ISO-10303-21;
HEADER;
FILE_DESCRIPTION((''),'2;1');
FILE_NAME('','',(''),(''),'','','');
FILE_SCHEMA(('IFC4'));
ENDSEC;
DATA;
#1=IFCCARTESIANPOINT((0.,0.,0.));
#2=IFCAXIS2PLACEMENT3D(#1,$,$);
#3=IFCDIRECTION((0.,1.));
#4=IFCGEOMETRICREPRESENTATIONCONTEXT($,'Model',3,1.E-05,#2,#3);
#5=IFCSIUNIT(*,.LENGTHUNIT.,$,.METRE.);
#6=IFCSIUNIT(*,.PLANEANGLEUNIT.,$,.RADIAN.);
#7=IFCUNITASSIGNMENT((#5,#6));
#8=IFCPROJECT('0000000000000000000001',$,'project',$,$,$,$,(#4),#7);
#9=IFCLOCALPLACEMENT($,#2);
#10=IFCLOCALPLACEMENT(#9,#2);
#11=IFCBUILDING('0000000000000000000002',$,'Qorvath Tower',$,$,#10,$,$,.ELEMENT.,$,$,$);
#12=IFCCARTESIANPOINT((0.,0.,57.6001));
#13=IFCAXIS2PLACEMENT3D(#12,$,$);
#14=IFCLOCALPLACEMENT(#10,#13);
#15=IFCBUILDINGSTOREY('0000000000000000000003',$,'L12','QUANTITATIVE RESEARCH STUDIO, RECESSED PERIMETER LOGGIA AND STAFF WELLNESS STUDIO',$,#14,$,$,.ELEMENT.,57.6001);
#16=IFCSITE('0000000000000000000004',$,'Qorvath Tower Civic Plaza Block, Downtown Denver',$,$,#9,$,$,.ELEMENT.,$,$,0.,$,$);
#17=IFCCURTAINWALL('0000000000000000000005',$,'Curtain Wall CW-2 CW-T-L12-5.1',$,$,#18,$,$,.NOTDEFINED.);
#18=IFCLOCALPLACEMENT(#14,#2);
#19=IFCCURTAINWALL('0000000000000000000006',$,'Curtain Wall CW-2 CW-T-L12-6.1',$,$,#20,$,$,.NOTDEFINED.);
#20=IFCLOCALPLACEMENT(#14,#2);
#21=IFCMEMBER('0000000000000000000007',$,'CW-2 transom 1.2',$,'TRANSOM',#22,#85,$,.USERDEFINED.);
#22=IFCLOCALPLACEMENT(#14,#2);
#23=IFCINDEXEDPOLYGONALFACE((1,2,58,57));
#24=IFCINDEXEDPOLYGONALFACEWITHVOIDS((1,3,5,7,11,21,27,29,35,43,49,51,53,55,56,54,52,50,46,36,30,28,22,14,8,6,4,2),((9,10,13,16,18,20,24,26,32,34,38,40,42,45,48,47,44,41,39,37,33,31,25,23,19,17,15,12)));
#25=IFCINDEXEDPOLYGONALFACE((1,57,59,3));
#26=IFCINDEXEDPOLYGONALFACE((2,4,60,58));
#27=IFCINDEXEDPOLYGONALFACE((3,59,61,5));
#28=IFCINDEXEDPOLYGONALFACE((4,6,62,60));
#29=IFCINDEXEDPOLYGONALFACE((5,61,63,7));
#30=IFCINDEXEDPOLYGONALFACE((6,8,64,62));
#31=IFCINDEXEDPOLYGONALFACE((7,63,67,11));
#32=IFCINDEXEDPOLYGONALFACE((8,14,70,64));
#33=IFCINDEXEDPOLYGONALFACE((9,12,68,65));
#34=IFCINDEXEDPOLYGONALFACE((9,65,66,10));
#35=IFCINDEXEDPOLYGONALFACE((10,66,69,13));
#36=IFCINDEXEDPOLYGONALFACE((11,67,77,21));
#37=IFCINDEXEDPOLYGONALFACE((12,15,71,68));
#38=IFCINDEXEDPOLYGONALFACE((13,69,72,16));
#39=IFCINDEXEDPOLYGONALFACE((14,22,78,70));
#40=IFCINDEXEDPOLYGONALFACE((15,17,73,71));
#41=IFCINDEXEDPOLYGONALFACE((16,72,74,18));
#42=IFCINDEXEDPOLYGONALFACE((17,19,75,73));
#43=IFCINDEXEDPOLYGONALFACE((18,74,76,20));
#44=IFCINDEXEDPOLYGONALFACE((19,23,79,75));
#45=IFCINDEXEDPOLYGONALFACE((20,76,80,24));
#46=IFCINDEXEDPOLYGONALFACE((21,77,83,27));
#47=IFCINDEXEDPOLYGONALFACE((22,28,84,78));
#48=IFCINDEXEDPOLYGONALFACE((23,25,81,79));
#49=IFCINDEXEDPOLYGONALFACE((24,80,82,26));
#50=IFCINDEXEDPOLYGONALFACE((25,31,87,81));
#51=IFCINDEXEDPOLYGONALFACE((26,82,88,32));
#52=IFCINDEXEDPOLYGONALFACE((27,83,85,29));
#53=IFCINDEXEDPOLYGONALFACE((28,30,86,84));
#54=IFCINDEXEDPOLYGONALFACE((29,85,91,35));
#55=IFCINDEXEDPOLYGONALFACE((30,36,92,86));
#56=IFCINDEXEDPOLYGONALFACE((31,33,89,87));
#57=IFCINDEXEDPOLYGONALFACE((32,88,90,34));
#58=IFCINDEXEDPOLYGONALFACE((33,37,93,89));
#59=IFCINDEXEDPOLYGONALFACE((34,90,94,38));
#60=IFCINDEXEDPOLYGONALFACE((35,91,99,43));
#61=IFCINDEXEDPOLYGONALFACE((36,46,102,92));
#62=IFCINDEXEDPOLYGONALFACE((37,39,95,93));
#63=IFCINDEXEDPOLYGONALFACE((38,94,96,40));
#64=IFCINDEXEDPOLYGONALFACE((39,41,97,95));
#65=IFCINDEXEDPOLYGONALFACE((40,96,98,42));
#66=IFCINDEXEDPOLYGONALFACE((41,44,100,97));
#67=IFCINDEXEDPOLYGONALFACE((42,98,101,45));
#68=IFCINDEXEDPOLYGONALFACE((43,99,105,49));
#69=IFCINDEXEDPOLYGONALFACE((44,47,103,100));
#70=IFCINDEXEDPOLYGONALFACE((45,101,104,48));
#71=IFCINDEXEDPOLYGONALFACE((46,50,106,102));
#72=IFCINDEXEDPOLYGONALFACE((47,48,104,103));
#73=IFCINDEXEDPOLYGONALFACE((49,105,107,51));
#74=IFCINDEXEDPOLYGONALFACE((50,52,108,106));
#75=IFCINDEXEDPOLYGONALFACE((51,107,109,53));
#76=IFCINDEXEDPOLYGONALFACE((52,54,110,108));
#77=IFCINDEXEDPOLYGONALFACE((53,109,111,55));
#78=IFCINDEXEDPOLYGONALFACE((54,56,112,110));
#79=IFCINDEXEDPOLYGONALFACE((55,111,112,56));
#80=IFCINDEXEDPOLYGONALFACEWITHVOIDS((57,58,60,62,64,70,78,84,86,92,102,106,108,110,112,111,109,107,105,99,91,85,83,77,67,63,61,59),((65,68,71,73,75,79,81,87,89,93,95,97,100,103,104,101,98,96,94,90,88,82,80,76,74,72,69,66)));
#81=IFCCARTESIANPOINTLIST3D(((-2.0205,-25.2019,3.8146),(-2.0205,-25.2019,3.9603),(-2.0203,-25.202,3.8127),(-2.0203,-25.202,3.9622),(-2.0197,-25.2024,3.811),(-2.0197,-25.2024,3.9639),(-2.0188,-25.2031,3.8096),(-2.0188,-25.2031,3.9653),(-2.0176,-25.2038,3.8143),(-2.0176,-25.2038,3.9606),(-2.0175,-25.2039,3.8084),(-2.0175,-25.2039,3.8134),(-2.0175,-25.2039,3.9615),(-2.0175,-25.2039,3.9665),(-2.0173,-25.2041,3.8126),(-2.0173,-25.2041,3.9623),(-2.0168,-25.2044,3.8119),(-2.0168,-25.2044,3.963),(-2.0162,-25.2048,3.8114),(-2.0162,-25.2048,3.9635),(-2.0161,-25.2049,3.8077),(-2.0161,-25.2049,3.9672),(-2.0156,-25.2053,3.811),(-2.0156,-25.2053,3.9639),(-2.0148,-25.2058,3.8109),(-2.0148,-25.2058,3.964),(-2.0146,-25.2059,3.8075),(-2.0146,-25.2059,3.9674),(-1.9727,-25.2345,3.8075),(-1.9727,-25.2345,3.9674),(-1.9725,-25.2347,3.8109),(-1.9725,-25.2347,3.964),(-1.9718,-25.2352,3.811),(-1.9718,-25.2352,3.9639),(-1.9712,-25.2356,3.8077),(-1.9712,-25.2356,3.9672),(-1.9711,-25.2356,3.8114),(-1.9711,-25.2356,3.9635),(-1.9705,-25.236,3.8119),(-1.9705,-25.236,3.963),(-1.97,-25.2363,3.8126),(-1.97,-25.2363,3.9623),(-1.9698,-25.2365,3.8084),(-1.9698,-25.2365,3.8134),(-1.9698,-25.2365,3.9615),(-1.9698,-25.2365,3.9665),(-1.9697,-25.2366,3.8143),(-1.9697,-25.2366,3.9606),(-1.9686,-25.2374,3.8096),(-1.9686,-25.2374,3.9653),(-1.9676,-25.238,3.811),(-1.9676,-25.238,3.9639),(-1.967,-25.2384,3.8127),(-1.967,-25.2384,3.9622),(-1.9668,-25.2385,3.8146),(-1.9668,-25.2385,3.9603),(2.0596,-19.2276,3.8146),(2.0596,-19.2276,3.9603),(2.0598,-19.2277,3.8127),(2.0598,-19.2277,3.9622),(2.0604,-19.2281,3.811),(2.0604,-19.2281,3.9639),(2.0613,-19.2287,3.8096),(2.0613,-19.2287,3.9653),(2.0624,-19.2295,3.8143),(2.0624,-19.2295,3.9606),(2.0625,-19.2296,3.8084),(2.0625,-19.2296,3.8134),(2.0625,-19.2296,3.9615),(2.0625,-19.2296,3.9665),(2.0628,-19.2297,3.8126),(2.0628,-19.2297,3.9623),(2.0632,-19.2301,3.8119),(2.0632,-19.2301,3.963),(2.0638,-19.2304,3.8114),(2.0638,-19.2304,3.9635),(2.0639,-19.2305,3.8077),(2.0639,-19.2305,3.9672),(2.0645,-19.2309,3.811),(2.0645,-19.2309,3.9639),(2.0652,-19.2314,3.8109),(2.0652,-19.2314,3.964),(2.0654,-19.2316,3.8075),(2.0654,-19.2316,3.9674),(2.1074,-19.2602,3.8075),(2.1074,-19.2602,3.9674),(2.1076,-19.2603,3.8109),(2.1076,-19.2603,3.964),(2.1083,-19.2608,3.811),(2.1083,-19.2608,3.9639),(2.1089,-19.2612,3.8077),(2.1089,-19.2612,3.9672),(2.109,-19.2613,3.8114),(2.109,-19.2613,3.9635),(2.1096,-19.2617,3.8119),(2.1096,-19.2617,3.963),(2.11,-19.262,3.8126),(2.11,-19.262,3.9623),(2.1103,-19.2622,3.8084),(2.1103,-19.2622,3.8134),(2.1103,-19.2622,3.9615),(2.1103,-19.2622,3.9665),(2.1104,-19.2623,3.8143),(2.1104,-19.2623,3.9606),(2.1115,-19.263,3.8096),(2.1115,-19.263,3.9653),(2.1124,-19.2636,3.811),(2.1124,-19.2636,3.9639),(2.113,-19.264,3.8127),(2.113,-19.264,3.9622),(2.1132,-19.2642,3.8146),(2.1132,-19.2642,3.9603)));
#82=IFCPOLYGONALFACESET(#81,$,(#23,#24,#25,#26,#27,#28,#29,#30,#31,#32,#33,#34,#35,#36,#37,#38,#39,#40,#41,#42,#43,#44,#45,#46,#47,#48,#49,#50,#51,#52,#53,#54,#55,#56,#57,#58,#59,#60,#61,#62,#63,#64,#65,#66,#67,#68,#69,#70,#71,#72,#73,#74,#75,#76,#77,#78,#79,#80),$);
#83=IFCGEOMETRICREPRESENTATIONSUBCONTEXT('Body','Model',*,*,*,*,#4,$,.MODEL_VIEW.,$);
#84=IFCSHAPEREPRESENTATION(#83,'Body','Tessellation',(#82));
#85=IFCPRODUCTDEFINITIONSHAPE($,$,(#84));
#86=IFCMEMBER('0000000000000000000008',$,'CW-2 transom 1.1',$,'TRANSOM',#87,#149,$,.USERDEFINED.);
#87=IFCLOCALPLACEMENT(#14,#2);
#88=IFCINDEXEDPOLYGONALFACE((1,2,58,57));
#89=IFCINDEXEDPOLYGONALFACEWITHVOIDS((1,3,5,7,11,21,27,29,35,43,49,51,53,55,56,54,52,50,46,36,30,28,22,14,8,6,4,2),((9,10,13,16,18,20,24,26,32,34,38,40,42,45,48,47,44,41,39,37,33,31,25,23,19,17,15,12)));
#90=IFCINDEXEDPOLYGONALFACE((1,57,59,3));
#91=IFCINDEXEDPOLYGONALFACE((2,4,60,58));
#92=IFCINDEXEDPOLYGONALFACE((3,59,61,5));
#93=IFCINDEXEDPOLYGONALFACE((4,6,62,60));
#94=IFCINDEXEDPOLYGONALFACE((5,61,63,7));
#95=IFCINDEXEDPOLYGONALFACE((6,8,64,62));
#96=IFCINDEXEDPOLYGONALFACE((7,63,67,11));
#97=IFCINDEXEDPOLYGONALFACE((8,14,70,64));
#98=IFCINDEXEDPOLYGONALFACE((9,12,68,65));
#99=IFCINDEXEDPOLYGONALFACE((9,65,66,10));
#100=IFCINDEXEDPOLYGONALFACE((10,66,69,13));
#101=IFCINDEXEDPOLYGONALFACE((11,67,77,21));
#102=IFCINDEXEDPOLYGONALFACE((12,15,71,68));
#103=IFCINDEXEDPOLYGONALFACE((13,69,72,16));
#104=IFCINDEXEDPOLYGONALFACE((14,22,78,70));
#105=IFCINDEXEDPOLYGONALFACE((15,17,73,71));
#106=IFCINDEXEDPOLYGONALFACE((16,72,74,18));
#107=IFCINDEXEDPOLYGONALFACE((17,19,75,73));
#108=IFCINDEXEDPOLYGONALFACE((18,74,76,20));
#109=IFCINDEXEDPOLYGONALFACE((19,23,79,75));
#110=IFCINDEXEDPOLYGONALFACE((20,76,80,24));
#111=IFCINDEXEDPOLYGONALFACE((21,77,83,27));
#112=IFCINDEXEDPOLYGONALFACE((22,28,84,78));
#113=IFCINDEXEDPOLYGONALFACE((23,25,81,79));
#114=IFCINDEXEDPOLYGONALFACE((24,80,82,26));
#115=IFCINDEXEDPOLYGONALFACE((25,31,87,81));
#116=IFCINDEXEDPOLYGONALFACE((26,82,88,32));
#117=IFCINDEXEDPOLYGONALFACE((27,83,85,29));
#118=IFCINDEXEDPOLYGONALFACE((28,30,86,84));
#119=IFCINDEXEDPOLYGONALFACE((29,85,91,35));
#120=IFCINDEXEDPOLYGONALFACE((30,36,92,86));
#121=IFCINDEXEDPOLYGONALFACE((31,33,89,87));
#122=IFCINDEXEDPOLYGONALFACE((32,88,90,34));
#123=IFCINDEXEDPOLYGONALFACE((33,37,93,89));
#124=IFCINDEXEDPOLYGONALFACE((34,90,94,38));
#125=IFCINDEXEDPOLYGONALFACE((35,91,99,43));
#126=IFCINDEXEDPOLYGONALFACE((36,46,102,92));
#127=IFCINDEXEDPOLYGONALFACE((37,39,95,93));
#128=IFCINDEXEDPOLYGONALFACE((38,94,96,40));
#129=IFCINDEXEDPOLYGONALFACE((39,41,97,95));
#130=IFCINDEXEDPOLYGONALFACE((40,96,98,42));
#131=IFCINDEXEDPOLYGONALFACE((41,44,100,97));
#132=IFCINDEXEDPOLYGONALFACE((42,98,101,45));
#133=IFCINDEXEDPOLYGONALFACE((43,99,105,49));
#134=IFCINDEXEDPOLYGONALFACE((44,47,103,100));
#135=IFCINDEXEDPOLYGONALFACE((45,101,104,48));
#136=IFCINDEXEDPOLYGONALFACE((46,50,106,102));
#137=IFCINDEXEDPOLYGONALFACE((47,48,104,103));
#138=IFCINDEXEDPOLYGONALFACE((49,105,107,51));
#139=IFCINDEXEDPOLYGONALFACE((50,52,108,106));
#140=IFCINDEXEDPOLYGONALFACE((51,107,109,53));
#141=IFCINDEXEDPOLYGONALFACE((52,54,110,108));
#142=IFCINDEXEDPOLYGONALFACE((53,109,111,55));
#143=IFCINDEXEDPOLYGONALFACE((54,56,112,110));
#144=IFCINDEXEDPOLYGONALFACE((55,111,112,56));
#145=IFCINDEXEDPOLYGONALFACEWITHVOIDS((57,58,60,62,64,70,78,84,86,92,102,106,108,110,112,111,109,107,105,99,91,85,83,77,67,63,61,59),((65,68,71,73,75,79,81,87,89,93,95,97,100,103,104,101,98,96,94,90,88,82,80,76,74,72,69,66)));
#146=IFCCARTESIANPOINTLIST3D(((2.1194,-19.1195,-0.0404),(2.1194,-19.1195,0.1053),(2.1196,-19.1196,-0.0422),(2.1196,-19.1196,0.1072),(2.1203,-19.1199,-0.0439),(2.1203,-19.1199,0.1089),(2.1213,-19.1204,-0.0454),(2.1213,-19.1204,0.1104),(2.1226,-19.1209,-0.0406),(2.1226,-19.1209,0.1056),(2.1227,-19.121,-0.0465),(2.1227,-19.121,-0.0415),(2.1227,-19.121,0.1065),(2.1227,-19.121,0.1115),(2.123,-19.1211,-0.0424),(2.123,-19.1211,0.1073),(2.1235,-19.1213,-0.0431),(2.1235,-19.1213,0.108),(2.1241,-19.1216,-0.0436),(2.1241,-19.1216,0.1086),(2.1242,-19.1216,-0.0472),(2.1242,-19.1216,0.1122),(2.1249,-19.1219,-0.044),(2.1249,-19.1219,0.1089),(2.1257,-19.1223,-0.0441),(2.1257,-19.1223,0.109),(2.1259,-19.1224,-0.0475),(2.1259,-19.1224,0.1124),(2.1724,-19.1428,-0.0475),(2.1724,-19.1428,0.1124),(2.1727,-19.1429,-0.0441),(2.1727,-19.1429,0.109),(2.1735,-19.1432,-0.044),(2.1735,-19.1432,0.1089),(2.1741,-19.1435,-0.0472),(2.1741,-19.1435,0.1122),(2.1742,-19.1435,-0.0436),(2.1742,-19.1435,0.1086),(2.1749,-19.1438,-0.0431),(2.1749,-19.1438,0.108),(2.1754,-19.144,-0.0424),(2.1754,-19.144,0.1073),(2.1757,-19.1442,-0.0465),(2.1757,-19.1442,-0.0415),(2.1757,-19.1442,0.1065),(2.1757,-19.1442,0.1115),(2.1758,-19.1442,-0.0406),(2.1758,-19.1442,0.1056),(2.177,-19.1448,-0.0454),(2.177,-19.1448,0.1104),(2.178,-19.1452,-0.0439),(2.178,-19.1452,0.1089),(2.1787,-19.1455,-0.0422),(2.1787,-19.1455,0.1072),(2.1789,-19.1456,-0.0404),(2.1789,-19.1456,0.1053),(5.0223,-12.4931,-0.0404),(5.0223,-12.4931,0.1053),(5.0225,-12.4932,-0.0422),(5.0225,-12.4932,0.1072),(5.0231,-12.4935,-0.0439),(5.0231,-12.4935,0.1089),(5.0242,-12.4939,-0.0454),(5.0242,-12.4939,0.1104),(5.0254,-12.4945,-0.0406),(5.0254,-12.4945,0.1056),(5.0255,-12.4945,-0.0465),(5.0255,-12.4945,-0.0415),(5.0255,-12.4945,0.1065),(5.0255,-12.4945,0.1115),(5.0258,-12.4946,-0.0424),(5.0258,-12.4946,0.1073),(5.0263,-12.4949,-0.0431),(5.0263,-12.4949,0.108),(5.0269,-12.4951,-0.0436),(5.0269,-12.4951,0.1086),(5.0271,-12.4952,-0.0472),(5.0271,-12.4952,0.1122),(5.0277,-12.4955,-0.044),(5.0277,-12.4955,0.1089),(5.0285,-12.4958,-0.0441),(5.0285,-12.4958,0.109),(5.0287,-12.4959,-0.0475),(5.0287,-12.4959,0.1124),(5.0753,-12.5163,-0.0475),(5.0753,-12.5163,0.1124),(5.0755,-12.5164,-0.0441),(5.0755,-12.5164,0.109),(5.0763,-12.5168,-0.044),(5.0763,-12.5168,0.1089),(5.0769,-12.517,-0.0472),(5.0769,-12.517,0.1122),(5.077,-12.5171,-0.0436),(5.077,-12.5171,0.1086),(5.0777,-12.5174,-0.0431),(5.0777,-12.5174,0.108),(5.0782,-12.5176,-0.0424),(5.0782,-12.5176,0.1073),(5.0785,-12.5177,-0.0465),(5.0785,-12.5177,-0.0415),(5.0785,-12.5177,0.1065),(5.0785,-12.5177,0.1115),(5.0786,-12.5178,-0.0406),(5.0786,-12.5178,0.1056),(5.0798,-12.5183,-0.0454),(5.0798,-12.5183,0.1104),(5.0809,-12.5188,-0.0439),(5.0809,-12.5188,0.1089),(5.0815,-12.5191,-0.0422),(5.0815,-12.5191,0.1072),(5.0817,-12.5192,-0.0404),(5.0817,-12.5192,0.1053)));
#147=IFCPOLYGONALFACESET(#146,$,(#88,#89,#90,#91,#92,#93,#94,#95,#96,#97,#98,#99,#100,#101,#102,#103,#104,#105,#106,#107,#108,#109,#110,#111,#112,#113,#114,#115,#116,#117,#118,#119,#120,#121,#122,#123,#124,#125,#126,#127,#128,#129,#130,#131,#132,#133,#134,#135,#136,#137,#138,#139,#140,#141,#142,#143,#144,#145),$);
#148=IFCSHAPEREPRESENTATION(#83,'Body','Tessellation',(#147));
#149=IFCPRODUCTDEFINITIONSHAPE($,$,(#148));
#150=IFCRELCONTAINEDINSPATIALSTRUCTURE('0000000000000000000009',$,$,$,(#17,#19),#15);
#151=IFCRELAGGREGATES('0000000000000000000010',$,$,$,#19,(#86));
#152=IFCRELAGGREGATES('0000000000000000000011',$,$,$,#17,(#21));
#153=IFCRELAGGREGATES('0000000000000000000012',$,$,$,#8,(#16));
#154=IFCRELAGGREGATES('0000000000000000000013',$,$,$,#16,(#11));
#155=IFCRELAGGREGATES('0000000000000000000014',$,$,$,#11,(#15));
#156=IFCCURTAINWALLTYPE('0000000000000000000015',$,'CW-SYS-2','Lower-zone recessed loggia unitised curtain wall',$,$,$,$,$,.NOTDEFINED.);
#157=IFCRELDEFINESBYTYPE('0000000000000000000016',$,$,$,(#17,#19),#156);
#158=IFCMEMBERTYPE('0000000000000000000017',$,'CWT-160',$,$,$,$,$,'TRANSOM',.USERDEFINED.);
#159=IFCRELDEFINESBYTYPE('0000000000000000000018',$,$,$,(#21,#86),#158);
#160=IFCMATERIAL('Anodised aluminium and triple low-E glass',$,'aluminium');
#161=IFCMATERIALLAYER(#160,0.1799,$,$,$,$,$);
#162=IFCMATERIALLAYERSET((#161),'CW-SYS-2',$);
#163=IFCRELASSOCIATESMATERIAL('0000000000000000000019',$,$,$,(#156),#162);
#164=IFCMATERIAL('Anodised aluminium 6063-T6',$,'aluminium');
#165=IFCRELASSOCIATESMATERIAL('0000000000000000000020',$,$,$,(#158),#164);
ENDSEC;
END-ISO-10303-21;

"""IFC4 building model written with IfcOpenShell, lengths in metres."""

from ifc_helpers import new_model, si_unit, direction, frame, origin, origin_2d, place, context, subcontext, project, spatial, hollow_rectangle, extrude, material, layer, layer_set, material_profile, profile_set, type_object, element, aggregate, save


model = new_model("IFC4")

# Units and contexts
model_context = context("Model", 3, precision=1e-05, world=origin(), true_north=direction((0.0, 1.0)))
body_context = subcontext(model_context, "Body", "Model", "MODEL_VIEW")
ifc_project = project(units=[si_unit("LENGTHUNIT", "METRE"), si_unit("PLANEANGLEUNIT", "RADIAN")], contexts=[model_context])

# Site, building, storey
site_placement = place(None, origin())
site = spatial("IfcSite", under=ifc_project, at=site_placement, Name="Qorvath Tower Civic Plaza Block, Downtown Denver", CompositionType="ELEMENT", RefElevation=0.0)
building_placement = place(site_placement, origin())
building = spatial("IfcBuilding", under=site, at=building_placement, Name="Qorvath Tower", CompositionType="ELEMENT")
storey_placement = place(building_placement, frame((0.0, 0.0, 57.6001)))
storey = spatial("IfcBuildingStorey", under=building, at=storey_placement, Name="L12", Description="QUANTITATIVE RESEARCH STUDIO, RECESSED PERIMETER LOGGIA AND STAFF WELLNESS STUDIO", CompositionType="ELEMENT", Elevation=57.6001)

# Shared definitions
ifc_material_1 = material(Name="Anodised aluminium and triple low-E glass", Category="aluminium")
ifc_layer_1 = layer(ifc_material_1, 0.1799)
ifc_layer_set_1 = layer_set([ifc_layer_1], Name="CW-SYS-2")
curtain_wall_type = type_object("IfcCurtainWallType", Name="CW-SYS-2", Description="Lower-zone recessed loggia unitised curtain wall", PredefinedType="NOTDEFINED", material=ifc_layer_set_1)

# Curtain wall
curtain_wall_1_placement = place(storey_placement, origin())
curtain_wall_1 = element("IfcCurtainWall", 1, at=curtain_wall_1_placement, inside=storey, type_object=curtain_wall_type, Name="Curtain Wall CW-2 CW-T-L12-5.1", PredefinedType="NOTDEFINED")

# Curtain wall
curtain_wall_2_placement = place(storey_placement, origin())
curtain_wall_2 = element("IfcCurtainWall", 2, at=curtain_wall_2_placement, inside=storey, type_object=curtain_wall_type, Name="Curtain Wall CW-2 CW-T-L12-6.1", PredefinedType="NOTDEFINED")

# Members
ifc_material_2 = material(Name="Anodised aluminium 6063-T6", Category="aluminium")
ifc_material_profile_1 = material_profile(ifc_material_2, hollow_rectangle(XDim=0.0649, YDim=0.1599, WallThickness=0.0034, InnerFilletRadius=0.0034, OuterFilletRadius=0.0071, at=origin_2d()), Name="CWT 160x65")
ifc_profile_set_1 = profile_set([ifc_material_profile_1], Name="Anodised aluminium 6063-T6")
member_type_1 = type_object("IfcMemberType", Name="CWT-160", ElementType="TRANSOM", PredefinedType="USERDEFINED", material=ifc_profile_set_1)
member_1_placement = place(storey_placement, frame((-1.9937, -25.2202, 3.8875), z_axis=(0.563964, 0.825799, 0.0), x_axis=(-0.825799, 0.563964, 0.0)))
member_1 = element("IfcMember", 3, at=member_1_placement, type_object=member_type_1, Name="CW-2 transom 1.2", ObjectType="TRANSOM", PredefinedType="USERDEFINED", context=body_context, shape_type="SweptSolid", body=[
    extrude(hollow_rectangle(XDim=0.0649, YDim=0.1599, WallThickness=0.0034, InnerFilletRadius=0.0034, OuterFilletRadius=0.0071, at=origin_2d()), origin(), (0.0, 0.0, 1.0), 7.2346),
])
member_2_placement = place(storey_placement, frame((2.1492, -19.1326, 0.0325), z_axis=(0.401254, 0.915967, 0.0), x_axis=(-0.915967, 0.401254, 0.0)))
member_2 = element("IfcMember", 4, at=member_2_placement, type_object=member_type_1, Name="CW-2 transom 1.1", ObjectType="TRANSOM", PredefinedType="USERDEFINED", context=body_context, shape_type="SweptSolid", body=[
    extrude(hollow_rectangle(XDim=0.0649, YDim=0.1599, WallThickness=0.0034, InnerFilletRadius=0.0034, OuterFilletRadius=0.0071, at=origin_2d()), origin(), (0.0, 0.0, 1.0), 7.2344),
])
aggregate(curtain_wall_2, [member_2])

aggregate(curtain_wall_1, [member_1])

save(model, "model.ifc")
